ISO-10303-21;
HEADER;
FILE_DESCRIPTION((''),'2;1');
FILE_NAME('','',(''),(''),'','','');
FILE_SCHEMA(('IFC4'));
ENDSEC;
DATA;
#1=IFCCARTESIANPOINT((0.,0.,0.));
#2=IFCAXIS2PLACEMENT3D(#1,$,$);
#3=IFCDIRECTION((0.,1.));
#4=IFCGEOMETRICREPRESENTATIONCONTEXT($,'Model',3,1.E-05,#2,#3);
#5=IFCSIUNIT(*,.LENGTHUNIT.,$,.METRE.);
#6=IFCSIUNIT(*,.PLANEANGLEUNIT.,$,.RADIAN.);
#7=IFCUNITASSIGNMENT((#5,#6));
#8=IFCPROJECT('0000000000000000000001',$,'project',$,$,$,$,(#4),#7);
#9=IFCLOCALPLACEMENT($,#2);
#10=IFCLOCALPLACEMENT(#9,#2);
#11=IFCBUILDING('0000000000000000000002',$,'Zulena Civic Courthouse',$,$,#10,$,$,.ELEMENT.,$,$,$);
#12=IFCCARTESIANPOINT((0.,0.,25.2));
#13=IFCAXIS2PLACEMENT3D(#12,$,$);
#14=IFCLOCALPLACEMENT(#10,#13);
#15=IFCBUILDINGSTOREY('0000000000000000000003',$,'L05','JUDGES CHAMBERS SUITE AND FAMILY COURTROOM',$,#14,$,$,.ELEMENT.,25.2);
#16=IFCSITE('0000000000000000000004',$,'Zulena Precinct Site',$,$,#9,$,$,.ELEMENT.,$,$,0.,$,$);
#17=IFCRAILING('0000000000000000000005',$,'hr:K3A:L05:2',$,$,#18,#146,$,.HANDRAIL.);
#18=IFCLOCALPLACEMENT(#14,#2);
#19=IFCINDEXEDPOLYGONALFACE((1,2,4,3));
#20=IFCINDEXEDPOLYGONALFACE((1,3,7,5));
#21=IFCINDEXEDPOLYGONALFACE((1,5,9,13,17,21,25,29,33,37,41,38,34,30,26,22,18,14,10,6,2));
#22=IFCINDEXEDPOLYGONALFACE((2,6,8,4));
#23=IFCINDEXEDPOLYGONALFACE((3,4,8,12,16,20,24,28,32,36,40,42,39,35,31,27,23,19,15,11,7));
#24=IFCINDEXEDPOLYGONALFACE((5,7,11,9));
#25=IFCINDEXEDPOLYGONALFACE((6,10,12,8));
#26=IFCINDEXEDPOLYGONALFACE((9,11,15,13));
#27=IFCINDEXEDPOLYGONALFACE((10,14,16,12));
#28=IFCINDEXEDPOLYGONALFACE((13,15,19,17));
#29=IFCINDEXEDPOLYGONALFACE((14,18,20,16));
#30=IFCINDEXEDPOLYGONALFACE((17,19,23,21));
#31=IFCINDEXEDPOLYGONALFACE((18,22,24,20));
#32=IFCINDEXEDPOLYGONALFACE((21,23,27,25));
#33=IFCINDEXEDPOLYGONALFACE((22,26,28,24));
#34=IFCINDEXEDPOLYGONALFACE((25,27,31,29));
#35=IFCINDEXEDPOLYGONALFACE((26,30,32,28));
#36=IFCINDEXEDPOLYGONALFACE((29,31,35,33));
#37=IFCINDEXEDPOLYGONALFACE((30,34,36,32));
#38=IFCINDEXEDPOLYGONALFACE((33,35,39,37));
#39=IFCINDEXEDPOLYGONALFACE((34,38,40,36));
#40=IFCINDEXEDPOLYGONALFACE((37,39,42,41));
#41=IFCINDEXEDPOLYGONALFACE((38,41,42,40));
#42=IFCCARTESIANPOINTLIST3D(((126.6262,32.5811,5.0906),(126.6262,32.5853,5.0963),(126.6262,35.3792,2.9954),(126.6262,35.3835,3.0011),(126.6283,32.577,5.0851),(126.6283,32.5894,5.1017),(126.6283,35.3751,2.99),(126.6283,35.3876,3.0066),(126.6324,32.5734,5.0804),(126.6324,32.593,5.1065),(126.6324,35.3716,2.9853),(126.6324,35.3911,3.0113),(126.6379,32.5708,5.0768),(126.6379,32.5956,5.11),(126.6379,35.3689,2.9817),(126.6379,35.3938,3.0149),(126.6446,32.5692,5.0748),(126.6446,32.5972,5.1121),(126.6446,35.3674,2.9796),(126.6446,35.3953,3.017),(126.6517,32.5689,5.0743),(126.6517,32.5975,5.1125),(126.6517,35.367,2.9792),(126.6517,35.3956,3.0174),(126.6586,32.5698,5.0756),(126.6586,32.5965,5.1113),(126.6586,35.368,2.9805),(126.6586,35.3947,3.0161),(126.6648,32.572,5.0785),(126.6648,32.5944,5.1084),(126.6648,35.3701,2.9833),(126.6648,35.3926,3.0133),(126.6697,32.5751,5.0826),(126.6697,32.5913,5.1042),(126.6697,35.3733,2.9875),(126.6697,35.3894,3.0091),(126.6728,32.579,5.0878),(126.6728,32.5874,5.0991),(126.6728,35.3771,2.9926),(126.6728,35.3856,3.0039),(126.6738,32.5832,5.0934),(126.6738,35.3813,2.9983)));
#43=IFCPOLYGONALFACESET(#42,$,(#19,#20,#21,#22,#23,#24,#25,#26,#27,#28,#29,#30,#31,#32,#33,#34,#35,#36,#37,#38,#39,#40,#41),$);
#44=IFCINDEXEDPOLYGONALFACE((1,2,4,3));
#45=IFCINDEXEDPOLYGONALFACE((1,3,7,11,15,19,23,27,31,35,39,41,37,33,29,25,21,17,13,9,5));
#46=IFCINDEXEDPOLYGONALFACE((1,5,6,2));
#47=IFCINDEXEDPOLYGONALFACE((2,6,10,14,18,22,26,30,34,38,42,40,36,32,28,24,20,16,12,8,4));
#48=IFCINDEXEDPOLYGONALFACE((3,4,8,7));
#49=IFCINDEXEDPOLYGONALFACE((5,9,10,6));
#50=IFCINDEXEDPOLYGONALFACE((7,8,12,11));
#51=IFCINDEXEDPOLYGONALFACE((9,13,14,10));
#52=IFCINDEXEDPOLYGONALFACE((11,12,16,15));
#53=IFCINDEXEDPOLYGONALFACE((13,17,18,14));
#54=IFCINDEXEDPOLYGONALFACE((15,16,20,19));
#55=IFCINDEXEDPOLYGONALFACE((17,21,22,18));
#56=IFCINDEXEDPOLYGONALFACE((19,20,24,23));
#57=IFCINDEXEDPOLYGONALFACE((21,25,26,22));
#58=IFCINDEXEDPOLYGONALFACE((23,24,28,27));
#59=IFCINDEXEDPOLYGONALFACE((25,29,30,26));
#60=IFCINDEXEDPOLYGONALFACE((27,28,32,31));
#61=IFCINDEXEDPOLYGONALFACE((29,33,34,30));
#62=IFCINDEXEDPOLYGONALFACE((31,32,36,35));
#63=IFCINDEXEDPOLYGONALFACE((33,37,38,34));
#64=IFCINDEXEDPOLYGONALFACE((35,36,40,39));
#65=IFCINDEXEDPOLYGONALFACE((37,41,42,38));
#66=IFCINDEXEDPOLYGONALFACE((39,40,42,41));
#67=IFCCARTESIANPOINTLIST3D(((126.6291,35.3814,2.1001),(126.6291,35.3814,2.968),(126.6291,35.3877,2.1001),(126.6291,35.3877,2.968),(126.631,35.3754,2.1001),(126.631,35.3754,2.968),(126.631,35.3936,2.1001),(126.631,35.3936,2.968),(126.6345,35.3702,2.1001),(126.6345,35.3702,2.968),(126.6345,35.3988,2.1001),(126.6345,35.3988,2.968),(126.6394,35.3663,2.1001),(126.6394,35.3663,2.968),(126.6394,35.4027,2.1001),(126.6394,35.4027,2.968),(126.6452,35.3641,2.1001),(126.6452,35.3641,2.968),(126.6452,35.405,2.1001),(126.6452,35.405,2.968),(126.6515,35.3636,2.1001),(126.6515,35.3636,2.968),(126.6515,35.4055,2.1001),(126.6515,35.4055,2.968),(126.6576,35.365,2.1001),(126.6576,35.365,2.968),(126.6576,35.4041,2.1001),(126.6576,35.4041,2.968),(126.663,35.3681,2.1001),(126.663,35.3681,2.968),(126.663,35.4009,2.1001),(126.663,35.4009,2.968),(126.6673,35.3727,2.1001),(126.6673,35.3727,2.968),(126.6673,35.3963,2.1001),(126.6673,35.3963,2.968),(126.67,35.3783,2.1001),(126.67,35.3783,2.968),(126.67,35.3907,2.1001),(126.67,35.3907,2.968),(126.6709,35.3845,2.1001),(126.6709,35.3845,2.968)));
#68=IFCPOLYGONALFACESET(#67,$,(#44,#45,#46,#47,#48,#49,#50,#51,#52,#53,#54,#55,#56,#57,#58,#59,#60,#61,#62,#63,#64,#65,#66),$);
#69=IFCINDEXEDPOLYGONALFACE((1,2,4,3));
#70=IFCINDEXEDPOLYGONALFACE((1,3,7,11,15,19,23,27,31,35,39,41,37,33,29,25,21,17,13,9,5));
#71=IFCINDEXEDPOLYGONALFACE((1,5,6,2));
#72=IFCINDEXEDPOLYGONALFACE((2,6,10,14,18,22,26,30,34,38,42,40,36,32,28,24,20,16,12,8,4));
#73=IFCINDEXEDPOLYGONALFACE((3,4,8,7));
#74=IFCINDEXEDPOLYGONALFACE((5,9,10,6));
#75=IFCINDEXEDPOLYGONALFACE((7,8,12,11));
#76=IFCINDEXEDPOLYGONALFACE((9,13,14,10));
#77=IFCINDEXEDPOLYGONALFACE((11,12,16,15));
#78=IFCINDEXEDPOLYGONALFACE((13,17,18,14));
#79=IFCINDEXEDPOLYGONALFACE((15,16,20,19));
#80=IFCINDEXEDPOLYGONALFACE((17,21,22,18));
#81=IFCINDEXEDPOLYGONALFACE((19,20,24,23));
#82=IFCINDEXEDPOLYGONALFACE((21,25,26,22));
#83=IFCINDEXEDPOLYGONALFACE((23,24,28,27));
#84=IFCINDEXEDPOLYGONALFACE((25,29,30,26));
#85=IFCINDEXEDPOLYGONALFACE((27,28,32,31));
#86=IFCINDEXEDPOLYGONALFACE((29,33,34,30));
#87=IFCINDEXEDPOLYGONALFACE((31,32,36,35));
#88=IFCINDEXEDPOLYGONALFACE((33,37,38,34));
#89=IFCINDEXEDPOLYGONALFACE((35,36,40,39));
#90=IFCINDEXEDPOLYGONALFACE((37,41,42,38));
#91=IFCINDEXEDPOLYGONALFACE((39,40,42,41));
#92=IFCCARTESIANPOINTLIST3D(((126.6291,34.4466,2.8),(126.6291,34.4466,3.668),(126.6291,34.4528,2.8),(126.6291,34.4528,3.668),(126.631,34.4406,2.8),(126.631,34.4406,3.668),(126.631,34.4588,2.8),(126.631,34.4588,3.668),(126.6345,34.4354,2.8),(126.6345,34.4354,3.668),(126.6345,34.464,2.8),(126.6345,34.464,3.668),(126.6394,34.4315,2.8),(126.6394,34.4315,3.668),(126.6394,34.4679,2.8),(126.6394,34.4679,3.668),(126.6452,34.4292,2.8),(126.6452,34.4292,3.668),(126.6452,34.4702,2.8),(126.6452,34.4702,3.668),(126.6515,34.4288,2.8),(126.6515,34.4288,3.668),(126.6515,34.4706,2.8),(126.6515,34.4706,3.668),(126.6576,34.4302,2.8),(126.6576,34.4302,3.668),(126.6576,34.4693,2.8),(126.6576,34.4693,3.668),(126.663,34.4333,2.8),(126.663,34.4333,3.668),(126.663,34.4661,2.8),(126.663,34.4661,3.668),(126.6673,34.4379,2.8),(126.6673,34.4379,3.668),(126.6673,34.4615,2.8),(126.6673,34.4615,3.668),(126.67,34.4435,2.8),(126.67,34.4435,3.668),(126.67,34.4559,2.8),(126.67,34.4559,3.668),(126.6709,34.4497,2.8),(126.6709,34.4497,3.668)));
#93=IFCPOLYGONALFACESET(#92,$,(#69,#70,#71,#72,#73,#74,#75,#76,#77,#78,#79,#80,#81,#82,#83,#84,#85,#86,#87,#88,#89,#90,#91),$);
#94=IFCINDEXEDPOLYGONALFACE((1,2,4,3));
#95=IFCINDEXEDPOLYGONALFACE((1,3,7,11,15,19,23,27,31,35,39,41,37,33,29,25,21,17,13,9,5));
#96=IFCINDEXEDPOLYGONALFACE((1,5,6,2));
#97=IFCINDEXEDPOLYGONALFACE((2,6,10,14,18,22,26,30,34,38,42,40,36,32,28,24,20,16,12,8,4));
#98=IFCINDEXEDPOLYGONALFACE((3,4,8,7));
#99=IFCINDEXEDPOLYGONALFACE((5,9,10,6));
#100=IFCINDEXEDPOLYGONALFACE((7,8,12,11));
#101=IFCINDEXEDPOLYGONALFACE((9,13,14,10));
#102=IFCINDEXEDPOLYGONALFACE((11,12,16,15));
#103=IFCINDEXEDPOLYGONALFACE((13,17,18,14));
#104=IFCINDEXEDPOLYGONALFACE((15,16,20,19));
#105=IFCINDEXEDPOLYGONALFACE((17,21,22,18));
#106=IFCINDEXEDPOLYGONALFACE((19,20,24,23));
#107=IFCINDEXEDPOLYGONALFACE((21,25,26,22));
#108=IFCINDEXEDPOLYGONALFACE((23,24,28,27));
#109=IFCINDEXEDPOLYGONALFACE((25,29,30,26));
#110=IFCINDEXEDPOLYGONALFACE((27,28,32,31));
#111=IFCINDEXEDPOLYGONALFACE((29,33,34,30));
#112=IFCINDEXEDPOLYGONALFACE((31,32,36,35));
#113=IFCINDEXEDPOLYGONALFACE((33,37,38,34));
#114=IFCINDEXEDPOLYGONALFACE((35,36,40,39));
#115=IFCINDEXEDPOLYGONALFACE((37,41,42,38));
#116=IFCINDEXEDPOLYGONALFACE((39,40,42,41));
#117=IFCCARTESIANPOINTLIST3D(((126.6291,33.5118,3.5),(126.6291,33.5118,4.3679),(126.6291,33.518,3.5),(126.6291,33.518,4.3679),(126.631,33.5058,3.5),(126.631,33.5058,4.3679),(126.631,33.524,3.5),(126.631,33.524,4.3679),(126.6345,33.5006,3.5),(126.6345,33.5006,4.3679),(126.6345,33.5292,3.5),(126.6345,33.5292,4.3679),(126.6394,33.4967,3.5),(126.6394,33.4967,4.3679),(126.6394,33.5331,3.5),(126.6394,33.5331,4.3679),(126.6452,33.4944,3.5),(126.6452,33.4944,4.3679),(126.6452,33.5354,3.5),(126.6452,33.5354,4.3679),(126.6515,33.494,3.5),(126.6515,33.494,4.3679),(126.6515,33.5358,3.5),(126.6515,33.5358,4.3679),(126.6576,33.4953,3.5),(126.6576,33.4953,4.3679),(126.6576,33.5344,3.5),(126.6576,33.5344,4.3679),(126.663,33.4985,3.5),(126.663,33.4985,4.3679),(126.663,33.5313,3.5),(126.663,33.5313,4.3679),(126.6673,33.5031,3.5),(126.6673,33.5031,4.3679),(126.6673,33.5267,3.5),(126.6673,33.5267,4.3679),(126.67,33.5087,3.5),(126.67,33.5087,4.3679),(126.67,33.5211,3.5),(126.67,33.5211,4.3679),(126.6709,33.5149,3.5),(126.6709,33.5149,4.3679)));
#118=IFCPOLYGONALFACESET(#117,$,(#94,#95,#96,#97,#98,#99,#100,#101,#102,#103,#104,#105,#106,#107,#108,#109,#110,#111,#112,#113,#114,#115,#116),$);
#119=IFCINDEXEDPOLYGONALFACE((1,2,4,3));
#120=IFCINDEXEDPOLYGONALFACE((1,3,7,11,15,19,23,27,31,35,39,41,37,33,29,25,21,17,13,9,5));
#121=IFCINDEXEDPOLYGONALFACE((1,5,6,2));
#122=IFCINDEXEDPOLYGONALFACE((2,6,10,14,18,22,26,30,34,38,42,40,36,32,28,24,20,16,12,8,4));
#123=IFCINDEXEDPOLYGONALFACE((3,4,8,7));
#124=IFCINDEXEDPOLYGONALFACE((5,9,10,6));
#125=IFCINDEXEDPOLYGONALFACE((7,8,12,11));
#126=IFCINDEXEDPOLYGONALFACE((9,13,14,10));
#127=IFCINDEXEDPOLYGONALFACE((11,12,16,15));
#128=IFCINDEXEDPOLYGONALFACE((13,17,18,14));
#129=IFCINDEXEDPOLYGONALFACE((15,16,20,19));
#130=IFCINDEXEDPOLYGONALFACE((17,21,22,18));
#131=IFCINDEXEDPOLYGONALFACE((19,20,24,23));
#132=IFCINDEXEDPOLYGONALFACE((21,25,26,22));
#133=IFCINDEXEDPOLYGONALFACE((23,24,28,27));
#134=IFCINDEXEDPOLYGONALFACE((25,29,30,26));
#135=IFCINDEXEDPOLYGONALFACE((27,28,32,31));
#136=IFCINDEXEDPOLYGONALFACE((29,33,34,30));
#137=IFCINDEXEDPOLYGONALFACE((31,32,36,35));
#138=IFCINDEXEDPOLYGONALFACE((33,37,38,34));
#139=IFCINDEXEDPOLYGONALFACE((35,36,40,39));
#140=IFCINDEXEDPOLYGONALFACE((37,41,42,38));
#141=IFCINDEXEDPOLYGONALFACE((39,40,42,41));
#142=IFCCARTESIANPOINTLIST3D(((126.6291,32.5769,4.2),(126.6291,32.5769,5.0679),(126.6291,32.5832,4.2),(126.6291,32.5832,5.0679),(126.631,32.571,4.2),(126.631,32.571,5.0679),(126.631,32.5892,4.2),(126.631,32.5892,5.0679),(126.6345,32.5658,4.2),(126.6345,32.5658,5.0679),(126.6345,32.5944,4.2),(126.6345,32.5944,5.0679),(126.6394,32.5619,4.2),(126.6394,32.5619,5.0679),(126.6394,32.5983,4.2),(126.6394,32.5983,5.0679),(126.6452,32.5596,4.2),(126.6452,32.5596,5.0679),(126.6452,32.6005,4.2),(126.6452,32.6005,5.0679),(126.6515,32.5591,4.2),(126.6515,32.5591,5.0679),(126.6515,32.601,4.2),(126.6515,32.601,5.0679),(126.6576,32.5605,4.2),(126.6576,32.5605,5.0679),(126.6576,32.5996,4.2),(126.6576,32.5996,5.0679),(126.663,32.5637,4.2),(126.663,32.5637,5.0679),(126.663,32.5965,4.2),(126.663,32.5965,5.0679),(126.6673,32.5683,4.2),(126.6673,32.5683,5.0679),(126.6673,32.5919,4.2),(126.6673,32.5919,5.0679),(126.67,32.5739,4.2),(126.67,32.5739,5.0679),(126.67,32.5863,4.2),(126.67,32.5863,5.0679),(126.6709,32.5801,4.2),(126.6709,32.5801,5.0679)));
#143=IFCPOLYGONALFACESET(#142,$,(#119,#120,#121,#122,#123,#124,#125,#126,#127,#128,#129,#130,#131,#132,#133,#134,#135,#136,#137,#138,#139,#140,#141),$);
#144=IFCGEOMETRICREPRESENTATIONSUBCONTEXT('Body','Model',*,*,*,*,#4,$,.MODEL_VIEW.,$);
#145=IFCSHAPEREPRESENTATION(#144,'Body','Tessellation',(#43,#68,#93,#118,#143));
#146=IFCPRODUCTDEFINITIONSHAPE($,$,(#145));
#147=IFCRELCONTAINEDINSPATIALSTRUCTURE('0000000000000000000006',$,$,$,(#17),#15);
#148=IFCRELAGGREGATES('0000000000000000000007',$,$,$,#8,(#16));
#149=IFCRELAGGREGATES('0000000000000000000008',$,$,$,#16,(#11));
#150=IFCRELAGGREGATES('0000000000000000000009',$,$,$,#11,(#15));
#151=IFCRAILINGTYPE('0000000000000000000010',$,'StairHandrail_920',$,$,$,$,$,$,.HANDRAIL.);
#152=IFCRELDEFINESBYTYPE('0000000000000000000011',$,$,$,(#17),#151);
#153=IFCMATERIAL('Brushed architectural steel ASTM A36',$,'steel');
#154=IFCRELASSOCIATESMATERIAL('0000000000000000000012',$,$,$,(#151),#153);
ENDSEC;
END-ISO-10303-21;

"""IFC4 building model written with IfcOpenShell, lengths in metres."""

from ifc_helpers import new_model, si_unit, direction, frame, origin, origin_2d, place, context, subcontext, project, spatial, circle, extrude, material, type_object, element, save


model = new_model("IFC4")

# Units and contexts
model_context = context("Model", 3, precision=1e-05, world=origin(), true_north=direction((0.0, 1.0)))
body_context = subcontext(model_context, "Body", "Model", "MODEL_VIEW")
ifc_project = project(units=[si_unit("LENGTHUNIT", "METRE"), si_unit("PLANEANGLEUNIT", "RADIAN")], contexts=[model_context])

# Site, building, storey
site_placement = place(None, origin())
site = spatial("IfcSite", under=ifc_project, at=site_placement, Name="Zulena Precinct Site", CompositionType="ELEMENT", RefElevation=0.0)
building_placement = place(site_placement, origin())
building = spatial("IfcBuilding", under=site, at=building_placement, Name="Zulena Civic Courthouse", CompositionType="ELEMENT")
storey_placement = place(building_placement, frame((0.0, 0.0, 25.2)))
storey = spatial("IfcBuildingStorey", under=building, at=storey_placement, Name="L05", Description="JUDGES CHAMBERS SUITE AND FAMILY COURTROOM", CompositionType="ELEMENT", Elevation=25.2)

# Railing
ifc_material_1 = material(Name="Brushed architectural steel ASTM A36", Category="steel")
railing_type_1 = type_object("IfcRailingType", Name="StairHandrail_920", PredefinedType="HANDRAIL", material=ifc_material_1)
railing_1_placement = place(storey_placement, frame((126.6499, 35.3845, 2.1001)))
element("IfcRailing", 1, at=railing_1_placement, inside=storey, type_object=railing_type_1, Name="hr:K3A:L05:2", PredefinedType="HANDRAIL", context=body_context, shape_type="SweptSolid", body=[
    extrude(circle(Radius=0.0239, at=origin_2d()), frame((0.0, -0.0032, 0.8982), z_axis=(0.0, -0.800476, 0.599364), x_axis=(1.0, 0.0, 0.0)), (0.0, 0.0, 1.0), 3.4956),
    extrude(circle(Radius=0.021, at=origin_2d()), origin(), (0.0, 0.0, 1.0), 0.8679),
    extrude(circle(Radius=0.021, at=origin_2d()), frame((0.0, -0.9348, 0.7)), (0.0, 0.0, 1.0), 0.8679),
    extrude(circle(Radius=0.021, at=origin_2d()), frame((0.0, -1.8696, 1.3999)), (0.0, 0.0, 1.0), 0.8679),
    extrude(circle(Radius=0.021, at=origin_2d()), frame((0.0, -2.8044, 2.0999)), (0.0, 0.0, 1.0), 0.8679),
])

save(model, "model.ifc")
